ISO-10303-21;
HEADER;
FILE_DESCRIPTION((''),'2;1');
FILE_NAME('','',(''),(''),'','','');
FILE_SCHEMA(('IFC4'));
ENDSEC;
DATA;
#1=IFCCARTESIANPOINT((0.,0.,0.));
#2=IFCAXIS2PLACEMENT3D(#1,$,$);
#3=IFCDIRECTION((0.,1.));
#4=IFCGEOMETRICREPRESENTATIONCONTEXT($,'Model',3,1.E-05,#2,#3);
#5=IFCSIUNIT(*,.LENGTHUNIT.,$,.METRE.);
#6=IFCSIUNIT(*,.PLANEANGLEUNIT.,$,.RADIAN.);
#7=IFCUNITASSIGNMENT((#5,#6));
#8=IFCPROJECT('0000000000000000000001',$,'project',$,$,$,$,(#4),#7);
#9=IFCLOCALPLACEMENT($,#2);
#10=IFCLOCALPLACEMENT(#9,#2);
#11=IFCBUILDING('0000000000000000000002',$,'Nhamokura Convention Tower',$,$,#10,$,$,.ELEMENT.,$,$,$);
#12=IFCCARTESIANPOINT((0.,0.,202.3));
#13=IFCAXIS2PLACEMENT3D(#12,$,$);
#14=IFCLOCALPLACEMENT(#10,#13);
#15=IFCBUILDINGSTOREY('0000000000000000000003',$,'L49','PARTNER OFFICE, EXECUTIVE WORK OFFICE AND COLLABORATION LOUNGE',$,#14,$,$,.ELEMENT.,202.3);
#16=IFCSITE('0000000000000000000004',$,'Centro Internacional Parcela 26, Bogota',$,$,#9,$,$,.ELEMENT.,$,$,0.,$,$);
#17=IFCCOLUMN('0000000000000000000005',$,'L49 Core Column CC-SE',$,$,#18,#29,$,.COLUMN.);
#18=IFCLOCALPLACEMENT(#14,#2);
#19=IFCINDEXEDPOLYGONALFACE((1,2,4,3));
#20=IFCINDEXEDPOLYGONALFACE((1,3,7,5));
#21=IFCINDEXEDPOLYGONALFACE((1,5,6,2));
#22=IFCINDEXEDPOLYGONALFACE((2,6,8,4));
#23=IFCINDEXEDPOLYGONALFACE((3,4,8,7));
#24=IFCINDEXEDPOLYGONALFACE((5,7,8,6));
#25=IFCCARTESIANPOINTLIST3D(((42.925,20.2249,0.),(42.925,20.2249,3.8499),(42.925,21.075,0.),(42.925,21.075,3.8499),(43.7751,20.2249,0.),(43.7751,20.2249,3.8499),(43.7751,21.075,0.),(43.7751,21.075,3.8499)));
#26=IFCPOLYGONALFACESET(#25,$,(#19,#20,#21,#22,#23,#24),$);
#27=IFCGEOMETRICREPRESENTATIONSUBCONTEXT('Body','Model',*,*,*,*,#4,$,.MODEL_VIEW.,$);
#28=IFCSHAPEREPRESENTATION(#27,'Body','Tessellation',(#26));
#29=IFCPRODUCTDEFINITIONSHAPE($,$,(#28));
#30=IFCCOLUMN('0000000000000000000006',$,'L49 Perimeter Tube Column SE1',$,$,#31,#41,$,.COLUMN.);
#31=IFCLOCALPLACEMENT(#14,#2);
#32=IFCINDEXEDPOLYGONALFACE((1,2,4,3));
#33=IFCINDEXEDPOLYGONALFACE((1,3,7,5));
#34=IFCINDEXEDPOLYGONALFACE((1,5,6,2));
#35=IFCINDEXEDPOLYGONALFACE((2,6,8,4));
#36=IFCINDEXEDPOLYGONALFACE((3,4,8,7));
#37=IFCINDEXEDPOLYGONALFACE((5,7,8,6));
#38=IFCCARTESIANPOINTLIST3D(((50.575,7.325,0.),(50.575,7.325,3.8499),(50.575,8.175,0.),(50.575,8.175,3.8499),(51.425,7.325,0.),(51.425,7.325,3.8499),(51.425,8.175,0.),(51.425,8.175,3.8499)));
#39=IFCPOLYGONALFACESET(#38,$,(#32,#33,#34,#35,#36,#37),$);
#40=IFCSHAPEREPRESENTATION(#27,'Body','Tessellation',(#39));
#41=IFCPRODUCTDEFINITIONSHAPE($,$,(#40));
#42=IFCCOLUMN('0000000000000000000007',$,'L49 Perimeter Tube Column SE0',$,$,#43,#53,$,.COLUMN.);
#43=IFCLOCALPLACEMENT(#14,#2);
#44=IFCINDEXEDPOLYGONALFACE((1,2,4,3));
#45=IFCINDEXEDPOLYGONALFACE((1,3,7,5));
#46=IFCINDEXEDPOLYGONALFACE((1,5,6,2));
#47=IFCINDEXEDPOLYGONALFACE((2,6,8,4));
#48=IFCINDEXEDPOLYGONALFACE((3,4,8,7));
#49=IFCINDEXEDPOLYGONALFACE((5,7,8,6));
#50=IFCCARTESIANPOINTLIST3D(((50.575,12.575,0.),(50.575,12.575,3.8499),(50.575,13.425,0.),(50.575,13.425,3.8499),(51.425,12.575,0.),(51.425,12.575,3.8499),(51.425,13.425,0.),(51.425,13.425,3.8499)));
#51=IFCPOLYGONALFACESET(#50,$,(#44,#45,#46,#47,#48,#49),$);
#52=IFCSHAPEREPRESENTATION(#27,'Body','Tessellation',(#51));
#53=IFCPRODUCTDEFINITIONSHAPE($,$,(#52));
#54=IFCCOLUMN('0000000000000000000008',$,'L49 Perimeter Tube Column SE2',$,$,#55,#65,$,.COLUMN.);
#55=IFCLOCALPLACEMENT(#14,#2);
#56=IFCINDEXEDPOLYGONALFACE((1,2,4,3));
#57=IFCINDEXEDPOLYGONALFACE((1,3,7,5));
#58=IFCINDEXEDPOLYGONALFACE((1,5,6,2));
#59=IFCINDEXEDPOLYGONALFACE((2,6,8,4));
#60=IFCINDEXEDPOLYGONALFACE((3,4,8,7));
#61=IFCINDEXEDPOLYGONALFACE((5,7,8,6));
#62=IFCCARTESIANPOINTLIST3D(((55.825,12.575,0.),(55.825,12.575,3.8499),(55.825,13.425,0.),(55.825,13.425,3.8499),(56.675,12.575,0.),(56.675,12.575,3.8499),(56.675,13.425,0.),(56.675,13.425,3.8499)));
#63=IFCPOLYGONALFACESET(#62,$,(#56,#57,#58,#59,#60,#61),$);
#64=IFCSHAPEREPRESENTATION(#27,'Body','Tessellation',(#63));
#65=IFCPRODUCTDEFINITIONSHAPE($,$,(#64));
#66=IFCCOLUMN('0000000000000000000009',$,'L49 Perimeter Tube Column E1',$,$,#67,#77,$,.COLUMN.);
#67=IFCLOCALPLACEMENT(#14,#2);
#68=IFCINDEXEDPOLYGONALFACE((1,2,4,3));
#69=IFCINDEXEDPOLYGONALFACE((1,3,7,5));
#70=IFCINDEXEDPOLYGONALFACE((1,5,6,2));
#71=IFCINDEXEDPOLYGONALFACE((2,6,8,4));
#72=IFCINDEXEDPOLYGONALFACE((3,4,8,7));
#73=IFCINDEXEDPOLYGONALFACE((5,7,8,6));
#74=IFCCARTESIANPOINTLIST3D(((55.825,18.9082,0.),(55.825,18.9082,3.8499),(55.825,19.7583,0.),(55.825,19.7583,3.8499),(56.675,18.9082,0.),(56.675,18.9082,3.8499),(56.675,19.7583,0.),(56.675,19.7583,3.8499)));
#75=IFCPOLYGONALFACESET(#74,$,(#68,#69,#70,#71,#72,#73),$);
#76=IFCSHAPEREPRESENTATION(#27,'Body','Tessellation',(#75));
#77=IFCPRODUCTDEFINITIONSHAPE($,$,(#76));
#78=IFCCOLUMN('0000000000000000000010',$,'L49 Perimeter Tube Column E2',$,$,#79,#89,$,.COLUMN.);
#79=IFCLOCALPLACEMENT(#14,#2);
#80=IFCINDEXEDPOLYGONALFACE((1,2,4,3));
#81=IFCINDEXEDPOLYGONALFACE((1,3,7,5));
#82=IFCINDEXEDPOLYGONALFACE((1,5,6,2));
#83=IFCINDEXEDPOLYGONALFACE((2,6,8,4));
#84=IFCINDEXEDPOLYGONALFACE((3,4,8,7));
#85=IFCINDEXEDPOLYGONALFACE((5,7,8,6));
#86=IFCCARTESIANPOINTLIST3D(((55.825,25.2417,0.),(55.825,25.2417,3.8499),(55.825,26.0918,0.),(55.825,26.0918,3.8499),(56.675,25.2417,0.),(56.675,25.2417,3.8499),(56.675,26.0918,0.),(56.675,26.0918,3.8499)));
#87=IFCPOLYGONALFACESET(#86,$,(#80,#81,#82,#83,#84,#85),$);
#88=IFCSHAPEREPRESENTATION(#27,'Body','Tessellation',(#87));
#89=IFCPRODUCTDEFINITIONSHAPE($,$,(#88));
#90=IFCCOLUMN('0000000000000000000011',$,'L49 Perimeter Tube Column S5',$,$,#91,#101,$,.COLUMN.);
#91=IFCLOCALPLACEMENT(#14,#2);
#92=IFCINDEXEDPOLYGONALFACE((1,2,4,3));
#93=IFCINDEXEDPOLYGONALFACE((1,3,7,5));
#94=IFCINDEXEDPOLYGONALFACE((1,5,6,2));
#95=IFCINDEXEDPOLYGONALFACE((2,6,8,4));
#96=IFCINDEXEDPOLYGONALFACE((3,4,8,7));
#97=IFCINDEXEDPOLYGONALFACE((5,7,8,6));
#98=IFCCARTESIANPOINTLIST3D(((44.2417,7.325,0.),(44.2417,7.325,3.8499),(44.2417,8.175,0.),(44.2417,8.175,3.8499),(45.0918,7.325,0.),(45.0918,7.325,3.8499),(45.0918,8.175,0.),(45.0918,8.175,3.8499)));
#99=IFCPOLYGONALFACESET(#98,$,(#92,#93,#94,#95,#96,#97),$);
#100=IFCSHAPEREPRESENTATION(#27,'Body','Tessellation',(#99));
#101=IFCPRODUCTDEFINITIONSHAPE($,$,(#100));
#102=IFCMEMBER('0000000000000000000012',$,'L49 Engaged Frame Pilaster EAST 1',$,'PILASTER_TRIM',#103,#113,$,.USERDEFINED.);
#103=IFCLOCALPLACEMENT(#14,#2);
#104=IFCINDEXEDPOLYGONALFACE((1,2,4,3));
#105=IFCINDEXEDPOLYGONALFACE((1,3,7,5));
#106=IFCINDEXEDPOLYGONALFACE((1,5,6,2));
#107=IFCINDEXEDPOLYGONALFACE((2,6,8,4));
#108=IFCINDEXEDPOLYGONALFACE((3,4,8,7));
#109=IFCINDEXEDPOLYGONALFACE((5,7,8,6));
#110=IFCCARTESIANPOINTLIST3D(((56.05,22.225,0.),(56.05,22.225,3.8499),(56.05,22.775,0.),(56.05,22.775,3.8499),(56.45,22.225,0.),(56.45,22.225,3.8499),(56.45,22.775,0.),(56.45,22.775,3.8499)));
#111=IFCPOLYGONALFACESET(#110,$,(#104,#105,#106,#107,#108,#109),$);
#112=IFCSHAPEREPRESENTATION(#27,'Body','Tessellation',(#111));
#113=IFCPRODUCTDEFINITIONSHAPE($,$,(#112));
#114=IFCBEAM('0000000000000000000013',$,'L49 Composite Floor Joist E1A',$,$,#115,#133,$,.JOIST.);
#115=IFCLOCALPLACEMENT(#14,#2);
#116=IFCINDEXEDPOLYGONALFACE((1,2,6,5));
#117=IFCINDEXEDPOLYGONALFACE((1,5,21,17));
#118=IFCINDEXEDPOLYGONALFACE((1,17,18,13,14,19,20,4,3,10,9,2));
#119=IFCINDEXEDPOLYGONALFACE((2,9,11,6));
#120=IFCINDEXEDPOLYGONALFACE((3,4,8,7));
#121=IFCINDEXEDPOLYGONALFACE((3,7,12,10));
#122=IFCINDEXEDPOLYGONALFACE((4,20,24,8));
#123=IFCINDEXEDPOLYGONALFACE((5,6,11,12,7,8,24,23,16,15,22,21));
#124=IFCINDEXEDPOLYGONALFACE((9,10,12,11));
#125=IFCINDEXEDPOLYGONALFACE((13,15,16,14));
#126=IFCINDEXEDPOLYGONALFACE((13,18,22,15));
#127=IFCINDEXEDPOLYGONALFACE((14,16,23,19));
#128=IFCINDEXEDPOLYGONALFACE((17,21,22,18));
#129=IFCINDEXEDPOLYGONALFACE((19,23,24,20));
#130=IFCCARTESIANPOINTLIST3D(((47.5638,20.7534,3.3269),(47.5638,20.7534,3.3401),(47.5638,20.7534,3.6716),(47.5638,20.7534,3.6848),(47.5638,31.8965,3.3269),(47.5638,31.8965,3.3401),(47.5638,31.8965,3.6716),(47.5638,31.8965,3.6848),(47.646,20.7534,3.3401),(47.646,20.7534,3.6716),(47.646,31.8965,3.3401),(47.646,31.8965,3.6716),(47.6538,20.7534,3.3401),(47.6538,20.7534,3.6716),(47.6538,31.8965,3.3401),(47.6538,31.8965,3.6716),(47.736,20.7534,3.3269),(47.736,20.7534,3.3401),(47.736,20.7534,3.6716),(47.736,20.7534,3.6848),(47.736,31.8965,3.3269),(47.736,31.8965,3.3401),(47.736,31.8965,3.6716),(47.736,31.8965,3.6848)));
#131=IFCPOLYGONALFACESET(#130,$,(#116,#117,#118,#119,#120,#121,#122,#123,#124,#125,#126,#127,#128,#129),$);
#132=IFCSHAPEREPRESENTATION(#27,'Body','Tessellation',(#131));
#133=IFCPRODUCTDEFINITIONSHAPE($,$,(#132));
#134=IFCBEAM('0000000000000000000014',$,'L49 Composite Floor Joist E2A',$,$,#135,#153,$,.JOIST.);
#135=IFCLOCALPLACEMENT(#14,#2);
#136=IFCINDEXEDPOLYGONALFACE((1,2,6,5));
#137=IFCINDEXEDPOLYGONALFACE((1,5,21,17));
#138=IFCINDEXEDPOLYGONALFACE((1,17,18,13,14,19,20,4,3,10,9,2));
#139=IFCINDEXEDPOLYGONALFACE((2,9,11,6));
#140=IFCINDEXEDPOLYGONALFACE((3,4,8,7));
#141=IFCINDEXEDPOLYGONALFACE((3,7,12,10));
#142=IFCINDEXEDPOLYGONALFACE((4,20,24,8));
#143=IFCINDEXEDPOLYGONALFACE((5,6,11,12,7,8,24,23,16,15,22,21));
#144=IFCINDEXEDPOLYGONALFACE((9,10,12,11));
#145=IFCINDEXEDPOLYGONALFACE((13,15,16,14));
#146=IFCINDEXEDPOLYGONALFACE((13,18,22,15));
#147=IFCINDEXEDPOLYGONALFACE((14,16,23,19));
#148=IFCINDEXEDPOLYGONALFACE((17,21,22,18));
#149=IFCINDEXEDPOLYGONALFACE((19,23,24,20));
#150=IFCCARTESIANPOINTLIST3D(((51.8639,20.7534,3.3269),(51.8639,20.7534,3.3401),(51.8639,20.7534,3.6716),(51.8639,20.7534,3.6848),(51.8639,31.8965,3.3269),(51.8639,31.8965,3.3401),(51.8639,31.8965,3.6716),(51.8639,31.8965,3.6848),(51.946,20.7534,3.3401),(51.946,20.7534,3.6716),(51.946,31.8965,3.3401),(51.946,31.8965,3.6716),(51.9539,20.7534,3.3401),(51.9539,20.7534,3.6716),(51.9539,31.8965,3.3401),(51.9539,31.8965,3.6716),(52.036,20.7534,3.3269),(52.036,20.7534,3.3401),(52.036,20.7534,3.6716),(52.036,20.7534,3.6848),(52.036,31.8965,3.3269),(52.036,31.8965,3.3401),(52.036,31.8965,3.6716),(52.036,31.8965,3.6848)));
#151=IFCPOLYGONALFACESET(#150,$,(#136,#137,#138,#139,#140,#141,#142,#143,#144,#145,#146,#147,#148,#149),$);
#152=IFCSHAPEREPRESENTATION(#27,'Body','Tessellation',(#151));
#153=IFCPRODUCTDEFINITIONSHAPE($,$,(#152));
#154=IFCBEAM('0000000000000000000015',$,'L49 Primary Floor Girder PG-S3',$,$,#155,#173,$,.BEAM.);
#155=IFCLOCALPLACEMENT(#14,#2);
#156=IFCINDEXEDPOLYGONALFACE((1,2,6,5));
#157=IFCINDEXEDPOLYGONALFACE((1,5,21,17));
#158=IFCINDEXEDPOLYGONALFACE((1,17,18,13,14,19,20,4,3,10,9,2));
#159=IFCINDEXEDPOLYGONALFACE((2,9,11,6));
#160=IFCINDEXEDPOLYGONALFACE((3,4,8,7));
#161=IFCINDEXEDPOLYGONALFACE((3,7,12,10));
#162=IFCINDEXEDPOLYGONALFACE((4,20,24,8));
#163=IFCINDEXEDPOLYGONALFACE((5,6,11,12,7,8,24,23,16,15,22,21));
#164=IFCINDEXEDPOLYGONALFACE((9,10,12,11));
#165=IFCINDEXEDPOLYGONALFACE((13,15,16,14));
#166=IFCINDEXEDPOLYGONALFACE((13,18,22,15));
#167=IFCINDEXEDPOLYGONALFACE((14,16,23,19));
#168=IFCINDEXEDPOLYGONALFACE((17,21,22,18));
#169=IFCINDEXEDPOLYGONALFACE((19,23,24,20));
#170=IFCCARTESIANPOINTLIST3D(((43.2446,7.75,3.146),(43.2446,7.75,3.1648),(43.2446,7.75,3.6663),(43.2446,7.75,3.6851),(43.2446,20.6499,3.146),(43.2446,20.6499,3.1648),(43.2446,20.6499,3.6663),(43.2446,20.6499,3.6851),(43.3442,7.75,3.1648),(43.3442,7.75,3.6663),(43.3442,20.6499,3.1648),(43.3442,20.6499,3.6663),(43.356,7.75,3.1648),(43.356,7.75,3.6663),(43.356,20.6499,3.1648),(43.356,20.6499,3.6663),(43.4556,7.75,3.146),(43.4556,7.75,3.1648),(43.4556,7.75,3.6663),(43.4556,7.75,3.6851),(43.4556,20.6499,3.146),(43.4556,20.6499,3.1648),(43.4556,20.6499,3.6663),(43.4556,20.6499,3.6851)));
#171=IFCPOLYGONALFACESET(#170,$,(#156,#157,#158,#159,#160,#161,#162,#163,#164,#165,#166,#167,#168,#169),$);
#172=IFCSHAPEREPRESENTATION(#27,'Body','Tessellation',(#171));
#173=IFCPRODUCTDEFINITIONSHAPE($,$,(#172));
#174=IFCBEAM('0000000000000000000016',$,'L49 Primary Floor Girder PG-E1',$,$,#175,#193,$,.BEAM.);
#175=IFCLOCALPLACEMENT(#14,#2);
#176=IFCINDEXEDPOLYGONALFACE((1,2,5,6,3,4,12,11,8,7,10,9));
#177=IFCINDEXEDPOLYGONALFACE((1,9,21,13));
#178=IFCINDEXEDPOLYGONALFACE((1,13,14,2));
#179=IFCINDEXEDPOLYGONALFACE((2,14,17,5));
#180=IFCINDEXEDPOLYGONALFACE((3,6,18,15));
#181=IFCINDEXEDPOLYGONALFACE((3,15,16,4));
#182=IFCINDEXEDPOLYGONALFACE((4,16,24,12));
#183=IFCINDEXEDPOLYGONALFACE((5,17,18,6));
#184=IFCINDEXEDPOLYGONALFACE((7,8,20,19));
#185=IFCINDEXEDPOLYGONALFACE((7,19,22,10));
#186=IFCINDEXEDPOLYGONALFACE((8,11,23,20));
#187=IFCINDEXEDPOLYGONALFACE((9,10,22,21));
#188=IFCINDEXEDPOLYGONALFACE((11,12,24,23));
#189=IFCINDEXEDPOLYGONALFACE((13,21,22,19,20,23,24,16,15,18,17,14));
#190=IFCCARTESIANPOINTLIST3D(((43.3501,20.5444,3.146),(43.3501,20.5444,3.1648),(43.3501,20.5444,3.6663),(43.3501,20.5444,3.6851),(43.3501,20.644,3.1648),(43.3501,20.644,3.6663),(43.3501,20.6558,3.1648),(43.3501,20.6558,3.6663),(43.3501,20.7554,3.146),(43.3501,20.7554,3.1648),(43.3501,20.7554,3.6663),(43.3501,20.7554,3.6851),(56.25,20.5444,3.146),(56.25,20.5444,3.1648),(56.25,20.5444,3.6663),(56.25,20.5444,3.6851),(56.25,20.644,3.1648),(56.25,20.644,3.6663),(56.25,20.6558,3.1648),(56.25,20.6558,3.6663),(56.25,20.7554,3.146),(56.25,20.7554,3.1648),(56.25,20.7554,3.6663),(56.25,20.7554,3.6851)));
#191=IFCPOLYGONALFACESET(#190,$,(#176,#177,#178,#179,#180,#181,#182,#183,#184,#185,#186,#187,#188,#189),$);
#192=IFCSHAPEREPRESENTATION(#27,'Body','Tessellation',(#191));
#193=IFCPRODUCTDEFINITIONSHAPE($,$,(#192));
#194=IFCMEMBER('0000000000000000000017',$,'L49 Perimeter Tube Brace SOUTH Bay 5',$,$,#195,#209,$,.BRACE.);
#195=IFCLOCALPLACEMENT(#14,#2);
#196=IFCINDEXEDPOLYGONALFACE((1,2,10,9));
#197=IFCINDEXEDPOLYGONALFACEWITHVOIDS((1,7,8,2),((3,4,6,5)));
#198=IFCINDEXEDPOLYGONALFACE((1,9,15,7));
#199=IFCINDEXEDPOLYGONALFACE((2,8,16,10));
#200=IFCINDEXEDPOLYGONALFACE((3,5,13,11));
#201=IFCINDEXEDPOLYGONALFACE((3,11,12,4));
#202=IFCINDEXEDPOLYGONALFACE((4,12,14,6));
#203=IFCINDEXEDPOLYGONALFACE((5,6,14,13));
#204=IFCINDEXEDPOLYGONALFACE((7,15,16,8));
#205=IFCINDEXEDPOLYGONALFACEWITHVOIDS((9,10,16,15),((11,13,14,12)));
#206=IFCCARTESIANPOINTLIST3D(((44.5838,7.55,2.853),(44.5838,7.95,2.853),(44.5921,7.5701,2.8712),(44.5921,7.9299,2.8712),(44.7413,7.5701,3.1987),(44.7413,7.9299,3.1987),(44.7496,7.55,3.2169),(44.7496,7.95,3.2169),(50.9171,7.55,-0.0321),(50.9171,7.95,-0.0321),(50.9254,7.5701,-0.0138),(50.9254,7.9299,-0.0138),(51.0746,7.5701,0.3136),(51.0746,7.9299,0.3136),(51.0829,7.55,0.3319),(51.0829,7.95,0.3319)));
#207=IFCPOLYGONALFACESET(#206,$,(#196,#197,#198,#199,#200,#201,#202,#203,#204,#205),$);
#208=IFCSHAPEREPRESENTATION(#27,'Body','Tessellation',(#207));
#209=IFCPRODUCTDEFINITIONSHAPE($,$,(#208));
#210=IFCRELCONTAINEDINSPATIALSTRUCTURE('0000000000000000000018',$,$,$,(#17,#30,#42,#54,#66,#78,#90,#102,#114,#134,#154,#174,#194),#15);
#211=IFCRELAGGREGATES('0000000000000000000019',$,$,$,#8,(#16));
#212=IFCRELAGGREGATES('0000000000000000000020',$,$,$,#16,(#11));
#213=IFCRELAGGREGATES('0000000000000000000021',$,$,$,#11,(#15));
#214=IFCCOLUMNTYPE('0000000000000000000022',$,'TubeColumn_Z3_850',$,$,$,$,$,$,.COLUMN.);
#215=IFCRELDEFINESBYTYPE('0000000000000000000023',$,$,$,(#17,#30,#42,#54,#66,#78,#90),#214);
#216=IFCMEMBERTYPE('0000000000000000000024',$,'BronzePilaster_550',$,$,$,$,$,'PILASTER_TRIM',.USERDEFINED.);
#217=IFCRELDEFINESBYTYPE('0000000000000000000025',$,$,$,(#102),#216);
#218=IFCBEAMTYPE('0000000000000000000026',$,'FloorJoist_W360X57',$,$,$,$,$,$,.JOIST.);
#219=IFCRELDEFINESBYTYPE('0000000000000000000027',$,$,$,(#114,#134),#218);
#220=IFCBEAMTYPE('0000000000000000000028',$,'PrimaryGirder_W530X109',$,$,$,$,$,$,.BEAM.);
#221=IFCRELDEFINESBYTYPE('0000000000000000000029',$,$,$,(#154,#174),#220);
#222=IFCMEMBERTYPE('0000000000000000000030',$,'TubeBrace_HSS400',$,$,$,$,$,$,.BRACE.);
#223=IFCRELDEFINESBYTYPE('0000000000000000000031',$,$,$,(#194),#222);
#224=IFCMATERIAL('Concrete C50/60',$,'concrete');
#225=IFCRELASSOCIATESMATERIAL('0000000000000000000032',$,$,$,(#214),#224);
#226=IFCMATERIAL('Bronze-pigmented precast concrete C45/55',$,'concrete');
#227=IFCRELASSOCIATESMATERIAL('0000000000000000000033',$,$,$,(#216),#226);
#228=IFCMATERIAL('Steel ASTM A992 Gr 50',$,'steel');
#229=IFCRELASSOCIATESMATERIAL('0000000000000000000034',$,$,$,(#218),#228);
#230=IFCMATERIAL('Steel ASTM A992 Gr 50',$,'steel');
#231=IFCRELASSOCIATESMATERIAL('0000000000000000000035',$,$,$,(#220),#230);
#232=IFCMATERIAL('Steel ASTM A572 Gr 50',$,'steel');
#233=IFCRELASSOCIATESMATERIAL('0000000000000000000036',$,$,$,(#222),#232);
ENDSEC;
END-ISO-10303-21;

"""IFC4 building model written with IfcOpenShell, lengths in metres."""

from ifc_helpers import new_model, si_unit, direction, frame, origin, origin_2d, place, context, subcontext, project, spatial, rectangle, hollow_rectangle, i_section, extrude, material, material_profile, profile_set, type_object, element, save


model = new_model("IFC4")

# Units and contexts
model_context = context("Model", 3, precision=1e-05, world=origin(), true_north=direction((0.0, 1.0)))
body_context = subcontext(model_context, "Body", "Model", "MODEL_VIEW")
ifc_project = project(units=[si_unit("LENGTHUNIT", "METRE"), si_unit("PLANEANGLEUNIT", "RADIAN")], contexts=[model_context])

# Site, building, storey
site_placement = place(None, origin())
site = spatial("IfcSite", under=ifc_project, at=site_placement, Name="Centro Internacional Parcela 26, Bogota", CompositionType="ELEMENT", RefElevation=0.0)
building_placement = place(site_placement, origin())
building = spatial("IfcBuilding", under=site, at=building_placement, Name="Nhamokura Convention Tower", CompositionType="ELEMENT")
storey_placement = place(building_placement, frame((0.0, 0.0, 202.3)))
storey = spatial("IfcBuildingStorey", under=building, at=storey_placement, Name="L49", Description="PARTNER OFFICE, EXECUTIVE WORK OFFICE AND COLLABORATION LOUNGE", CompositionType="ELEMENT", Elevation=202.3)

# Columns
ifc_material_1 = material(Name="Concrete C50/60", Category="concrete")
ifc_material_profile_1 = material_profile(ifc_material_1, rectangle(XDim=0.8501, YDim=0.8501, at=origin_2d()))
ifc_profile_set_1 = profile_set([ifc_material_profile_1], Name="Concrete C50/60")
column_type = type_object("IfcColumnType", Name="TubeColumn_Z3_850", PredefinedType="COLUMN", material=ifc_profile_set_1)
for number, where, z_axis, x_axis, name in (
    (1, (43.3501, 20.6499, 0.0), (0.0, 0.0, 1.0), (1.0, 0.0, 0.0), "L49 Core Column CC-SE"),
    (2, (51.0, 7.75, 0.0), (0.0, 0.0, 1.0), (1.0, 0.0, 0.0), "L49 Perimeter Tube Column SE1"),
    (3, (51.0, 13.0, 0.0), (0.0, 0.0, 1.0), (1.0, 0.0, 0.0), "L49 Perimeter Tube Column SE0"),
    (4, (56.25, 13.0, 0.0), (0.0, 0.0, 1.0), (1.0, 0.0, 0.0), "L49 Perimeter Tube Column SE2"),
    (5, (56.25, 19.3333, 0.0), (0.0, 0.0, 1.0), (1.0, 0.0, 0.0), "L49 Perimeter Tube Column E1"),
    (6, (56.25, 25.6667, 0.0), (0.0, 0.0, 1.0), (1.0, 0.0, 0.0), "L49 Perimeter Tube Column E2"),
    (7, (44.6667, 7.75, 0.0), (0.0, 0.0, 1.0), (1.0, 0.0, 0.0), "L49 Perimeter Tube Column S5"),
):
    element("IfcColumn", number, at=place(storey_placement, frame(where, z_axis=z_axis, x_axis=x_axis)), inside=storey, type_object=column_type, Name=name, PredefinedType="COLUMN", context=body_context, shape_type="SweptSolid", body=[
        extrude(rectangle(XDim=0.8501, YDim=0.8501, at=origin_2d()), origin(), (0.0, 0.0, 1.0), 3.8499),
    ])

# Member
ifc_material_2 = material(Name="Bronze-pigmented precast concrete C45/55", Category="concrete")
ifc_material_profile_2 = material_profile(ifc_material_2, rectangle(XDim=0.3999, YDim=0.55, at=origin_2d()))
ifc_profile_set_2 = profile_set([ifc_material_profile_2], Name="Bronze-pigmented precast concrete C45/55")
member_type_1 = type_object("IfcMemberType", Name="BronzePilaster_550", ElementType="PILASTER_TRIM", PredefinedType="USERDEFINED", material=ifc_profile_set_2)
member_placement = place(storey_placement, frame((56.25, 22.5, 0.0), z_axis=(0.0, 0.0, 1.0), x_axis=(1.0, 0.0, 0.0)))
element("IfcMember", 8, at=member_placement, inside=storey, type_object=member_type_1, Name="L49 Engaged Frame Pilaster EAST 1", ObjectType="PILASTER_TRIM", PredefinedType="USERDEFINED", context=body_context, shape_type="SweptSolid", body=[
    extrude(rectangle(XDim=0.3999, YDim=0.55, at=origin_2d()), origin(), (0.0, 0.0, 1.0), 3.8499),
])

# Beams
ifc_material_3 = material(Name="Steel ASTM A992 Gr 50", Category="steel")
ifc_material_profile_3 = material_profile(ifc_material_3, i_section(OverallWidth=0.1721, OverallDepth=0.3579, WebThickness=0.0078, FlangeThickness=0.0132, at=origin_2d()))
ifc_profile_set_3 = profile_set([ifc_material_profile_3], Name="Steel ASTM A992 Gr 50")
beam_type_1 = type_object("IfcBeamType", Name="FloorJoist_W360X57", PredefinedType="JOIST", material=ifc_profile_set_3)
for number, where, z_axis, x_axis, name in (
    (9, (47.6499, 20.7534, 3.5059), (0.0, 1.0, 0.0), (-1.0, 0.0, 0.0), "L49 Composite Floor Joist E1A"),
    (10, (51.95, 20.7534, 3.5059), (0.0, 1.0, 0.0), (-1.0, 0.0, 0.0), "L49 Composite Floor Joist E2A"),
):
    element("IfcBeam", number, at=place(storey_placement, frame(where, z_axis=z_axis, x_axis=x_axis)), inside=storey, type_object=beam_type_1, Name=name, PredefinedType="JOIST", context=body_context, shape_type="SweptSolid", body=[
        extrude(i_section(OverallWidth=0.1721, OverallDepth=0.3579, WebThickness=0.0078, FlangeThickness=0.0132, at=origin_2d()), origin(), (0.0, 0.0, 1.0), 11.1431),
    ])
ifc_material_4 = material(Name="Steel ASTM A992 Gr 50", Category="steel")
ifc_material_profile_4 = material_profile(ifc_material_4, i_section(OverallWidth=0.2109, OverallDepth=0.5391, WebThickness=0.0117, FlangeThickness=0.0188, at=origin_2d()))
ifc_profile_set_4 = profile_set([ifc_material_profile_4], Name="Steel ASTM A992 Gr 50")
beam_type_2 = type_object("IfcBeamType", Name="PrimaryGirder_W530X109", PredefinedType="BEAM", material=ifc_profile_set_4)
for number, where, z_axis, x_axis, name in (
    (11, (43.3501, 7.75, 3.4155), (0.0, 1.0, 0.0), (-1.0, 0.0, 0.0), "L49 Primary Floor Girder PG-S3"),
    (12, (43.3501, 20.6499, 3.4155), (1.0, 0.0, 0.0), (0.0, 1.0, 0.0), "L49 Primary Floor Girder PG-E1"),
):
    element("IfcBeam", number, at=place(storey_placement, frame(where, z_axis=z_axis, x_axis=x_axis)), inside=storey, type_object=beam_type_2, Name=name, PredefinedType="BEAM", context=body_context, shape_type="SweptSolid", body=[
        extrude(i_section(OverallWidth=0.2109, OverallDepth=0.5391, WebThickness=0.0117, FlangeThickness=0.0188, at=origin_2d()), origin(), (0.0, 0.0, 1.0), 12.8999),
    ])

# Member
ifc_material_5 = material(Name="Steel ASTM A572 Gr 50", Category="steel")
ifc_material_profile_5 = material_profile(ifc_material_5, hollow_rectangle(XDim=0.3999, YDim=0.3999, WallThickness=0.02, at=origin_2d()))
ifc_profile_set_5 = profile_set([ifc_material_profile_5], Name="Steel ASTM A572 Gr 50")
member_type_2 = type_object("IfcMemberType", Name="TubeBrace_HSS400", PredefinedType="BRACE", material=ifc_profile_set_5)
for number, where, z_axis, x_axis, name in (
    (13, (51.0, 7.75, 0.1499), (-0.910027, 0.0, 0.414548), (0.0, -1.0, 0.0), "L49 Perimeter Tube Brace SOUTH Bay 5"),
):
    element("IfcMember", number, at=place(storey_placement, frame(where, z_axis=z_axis, x_axis=x_axis)), inside=storey, type_object=member_type_2, Name=name, PredefinedType="BRACE", context=body_context, shape_type="SweptSolid", body=[
        extrude(hollow_rectangle(XDim=0.3999, YDim=0.3999, WallThickness=0.02, at=origin_2d()), origin(), (0.0, 0.0, 1.0), 6.9595),
    ])

save(model, "model.ifc")
